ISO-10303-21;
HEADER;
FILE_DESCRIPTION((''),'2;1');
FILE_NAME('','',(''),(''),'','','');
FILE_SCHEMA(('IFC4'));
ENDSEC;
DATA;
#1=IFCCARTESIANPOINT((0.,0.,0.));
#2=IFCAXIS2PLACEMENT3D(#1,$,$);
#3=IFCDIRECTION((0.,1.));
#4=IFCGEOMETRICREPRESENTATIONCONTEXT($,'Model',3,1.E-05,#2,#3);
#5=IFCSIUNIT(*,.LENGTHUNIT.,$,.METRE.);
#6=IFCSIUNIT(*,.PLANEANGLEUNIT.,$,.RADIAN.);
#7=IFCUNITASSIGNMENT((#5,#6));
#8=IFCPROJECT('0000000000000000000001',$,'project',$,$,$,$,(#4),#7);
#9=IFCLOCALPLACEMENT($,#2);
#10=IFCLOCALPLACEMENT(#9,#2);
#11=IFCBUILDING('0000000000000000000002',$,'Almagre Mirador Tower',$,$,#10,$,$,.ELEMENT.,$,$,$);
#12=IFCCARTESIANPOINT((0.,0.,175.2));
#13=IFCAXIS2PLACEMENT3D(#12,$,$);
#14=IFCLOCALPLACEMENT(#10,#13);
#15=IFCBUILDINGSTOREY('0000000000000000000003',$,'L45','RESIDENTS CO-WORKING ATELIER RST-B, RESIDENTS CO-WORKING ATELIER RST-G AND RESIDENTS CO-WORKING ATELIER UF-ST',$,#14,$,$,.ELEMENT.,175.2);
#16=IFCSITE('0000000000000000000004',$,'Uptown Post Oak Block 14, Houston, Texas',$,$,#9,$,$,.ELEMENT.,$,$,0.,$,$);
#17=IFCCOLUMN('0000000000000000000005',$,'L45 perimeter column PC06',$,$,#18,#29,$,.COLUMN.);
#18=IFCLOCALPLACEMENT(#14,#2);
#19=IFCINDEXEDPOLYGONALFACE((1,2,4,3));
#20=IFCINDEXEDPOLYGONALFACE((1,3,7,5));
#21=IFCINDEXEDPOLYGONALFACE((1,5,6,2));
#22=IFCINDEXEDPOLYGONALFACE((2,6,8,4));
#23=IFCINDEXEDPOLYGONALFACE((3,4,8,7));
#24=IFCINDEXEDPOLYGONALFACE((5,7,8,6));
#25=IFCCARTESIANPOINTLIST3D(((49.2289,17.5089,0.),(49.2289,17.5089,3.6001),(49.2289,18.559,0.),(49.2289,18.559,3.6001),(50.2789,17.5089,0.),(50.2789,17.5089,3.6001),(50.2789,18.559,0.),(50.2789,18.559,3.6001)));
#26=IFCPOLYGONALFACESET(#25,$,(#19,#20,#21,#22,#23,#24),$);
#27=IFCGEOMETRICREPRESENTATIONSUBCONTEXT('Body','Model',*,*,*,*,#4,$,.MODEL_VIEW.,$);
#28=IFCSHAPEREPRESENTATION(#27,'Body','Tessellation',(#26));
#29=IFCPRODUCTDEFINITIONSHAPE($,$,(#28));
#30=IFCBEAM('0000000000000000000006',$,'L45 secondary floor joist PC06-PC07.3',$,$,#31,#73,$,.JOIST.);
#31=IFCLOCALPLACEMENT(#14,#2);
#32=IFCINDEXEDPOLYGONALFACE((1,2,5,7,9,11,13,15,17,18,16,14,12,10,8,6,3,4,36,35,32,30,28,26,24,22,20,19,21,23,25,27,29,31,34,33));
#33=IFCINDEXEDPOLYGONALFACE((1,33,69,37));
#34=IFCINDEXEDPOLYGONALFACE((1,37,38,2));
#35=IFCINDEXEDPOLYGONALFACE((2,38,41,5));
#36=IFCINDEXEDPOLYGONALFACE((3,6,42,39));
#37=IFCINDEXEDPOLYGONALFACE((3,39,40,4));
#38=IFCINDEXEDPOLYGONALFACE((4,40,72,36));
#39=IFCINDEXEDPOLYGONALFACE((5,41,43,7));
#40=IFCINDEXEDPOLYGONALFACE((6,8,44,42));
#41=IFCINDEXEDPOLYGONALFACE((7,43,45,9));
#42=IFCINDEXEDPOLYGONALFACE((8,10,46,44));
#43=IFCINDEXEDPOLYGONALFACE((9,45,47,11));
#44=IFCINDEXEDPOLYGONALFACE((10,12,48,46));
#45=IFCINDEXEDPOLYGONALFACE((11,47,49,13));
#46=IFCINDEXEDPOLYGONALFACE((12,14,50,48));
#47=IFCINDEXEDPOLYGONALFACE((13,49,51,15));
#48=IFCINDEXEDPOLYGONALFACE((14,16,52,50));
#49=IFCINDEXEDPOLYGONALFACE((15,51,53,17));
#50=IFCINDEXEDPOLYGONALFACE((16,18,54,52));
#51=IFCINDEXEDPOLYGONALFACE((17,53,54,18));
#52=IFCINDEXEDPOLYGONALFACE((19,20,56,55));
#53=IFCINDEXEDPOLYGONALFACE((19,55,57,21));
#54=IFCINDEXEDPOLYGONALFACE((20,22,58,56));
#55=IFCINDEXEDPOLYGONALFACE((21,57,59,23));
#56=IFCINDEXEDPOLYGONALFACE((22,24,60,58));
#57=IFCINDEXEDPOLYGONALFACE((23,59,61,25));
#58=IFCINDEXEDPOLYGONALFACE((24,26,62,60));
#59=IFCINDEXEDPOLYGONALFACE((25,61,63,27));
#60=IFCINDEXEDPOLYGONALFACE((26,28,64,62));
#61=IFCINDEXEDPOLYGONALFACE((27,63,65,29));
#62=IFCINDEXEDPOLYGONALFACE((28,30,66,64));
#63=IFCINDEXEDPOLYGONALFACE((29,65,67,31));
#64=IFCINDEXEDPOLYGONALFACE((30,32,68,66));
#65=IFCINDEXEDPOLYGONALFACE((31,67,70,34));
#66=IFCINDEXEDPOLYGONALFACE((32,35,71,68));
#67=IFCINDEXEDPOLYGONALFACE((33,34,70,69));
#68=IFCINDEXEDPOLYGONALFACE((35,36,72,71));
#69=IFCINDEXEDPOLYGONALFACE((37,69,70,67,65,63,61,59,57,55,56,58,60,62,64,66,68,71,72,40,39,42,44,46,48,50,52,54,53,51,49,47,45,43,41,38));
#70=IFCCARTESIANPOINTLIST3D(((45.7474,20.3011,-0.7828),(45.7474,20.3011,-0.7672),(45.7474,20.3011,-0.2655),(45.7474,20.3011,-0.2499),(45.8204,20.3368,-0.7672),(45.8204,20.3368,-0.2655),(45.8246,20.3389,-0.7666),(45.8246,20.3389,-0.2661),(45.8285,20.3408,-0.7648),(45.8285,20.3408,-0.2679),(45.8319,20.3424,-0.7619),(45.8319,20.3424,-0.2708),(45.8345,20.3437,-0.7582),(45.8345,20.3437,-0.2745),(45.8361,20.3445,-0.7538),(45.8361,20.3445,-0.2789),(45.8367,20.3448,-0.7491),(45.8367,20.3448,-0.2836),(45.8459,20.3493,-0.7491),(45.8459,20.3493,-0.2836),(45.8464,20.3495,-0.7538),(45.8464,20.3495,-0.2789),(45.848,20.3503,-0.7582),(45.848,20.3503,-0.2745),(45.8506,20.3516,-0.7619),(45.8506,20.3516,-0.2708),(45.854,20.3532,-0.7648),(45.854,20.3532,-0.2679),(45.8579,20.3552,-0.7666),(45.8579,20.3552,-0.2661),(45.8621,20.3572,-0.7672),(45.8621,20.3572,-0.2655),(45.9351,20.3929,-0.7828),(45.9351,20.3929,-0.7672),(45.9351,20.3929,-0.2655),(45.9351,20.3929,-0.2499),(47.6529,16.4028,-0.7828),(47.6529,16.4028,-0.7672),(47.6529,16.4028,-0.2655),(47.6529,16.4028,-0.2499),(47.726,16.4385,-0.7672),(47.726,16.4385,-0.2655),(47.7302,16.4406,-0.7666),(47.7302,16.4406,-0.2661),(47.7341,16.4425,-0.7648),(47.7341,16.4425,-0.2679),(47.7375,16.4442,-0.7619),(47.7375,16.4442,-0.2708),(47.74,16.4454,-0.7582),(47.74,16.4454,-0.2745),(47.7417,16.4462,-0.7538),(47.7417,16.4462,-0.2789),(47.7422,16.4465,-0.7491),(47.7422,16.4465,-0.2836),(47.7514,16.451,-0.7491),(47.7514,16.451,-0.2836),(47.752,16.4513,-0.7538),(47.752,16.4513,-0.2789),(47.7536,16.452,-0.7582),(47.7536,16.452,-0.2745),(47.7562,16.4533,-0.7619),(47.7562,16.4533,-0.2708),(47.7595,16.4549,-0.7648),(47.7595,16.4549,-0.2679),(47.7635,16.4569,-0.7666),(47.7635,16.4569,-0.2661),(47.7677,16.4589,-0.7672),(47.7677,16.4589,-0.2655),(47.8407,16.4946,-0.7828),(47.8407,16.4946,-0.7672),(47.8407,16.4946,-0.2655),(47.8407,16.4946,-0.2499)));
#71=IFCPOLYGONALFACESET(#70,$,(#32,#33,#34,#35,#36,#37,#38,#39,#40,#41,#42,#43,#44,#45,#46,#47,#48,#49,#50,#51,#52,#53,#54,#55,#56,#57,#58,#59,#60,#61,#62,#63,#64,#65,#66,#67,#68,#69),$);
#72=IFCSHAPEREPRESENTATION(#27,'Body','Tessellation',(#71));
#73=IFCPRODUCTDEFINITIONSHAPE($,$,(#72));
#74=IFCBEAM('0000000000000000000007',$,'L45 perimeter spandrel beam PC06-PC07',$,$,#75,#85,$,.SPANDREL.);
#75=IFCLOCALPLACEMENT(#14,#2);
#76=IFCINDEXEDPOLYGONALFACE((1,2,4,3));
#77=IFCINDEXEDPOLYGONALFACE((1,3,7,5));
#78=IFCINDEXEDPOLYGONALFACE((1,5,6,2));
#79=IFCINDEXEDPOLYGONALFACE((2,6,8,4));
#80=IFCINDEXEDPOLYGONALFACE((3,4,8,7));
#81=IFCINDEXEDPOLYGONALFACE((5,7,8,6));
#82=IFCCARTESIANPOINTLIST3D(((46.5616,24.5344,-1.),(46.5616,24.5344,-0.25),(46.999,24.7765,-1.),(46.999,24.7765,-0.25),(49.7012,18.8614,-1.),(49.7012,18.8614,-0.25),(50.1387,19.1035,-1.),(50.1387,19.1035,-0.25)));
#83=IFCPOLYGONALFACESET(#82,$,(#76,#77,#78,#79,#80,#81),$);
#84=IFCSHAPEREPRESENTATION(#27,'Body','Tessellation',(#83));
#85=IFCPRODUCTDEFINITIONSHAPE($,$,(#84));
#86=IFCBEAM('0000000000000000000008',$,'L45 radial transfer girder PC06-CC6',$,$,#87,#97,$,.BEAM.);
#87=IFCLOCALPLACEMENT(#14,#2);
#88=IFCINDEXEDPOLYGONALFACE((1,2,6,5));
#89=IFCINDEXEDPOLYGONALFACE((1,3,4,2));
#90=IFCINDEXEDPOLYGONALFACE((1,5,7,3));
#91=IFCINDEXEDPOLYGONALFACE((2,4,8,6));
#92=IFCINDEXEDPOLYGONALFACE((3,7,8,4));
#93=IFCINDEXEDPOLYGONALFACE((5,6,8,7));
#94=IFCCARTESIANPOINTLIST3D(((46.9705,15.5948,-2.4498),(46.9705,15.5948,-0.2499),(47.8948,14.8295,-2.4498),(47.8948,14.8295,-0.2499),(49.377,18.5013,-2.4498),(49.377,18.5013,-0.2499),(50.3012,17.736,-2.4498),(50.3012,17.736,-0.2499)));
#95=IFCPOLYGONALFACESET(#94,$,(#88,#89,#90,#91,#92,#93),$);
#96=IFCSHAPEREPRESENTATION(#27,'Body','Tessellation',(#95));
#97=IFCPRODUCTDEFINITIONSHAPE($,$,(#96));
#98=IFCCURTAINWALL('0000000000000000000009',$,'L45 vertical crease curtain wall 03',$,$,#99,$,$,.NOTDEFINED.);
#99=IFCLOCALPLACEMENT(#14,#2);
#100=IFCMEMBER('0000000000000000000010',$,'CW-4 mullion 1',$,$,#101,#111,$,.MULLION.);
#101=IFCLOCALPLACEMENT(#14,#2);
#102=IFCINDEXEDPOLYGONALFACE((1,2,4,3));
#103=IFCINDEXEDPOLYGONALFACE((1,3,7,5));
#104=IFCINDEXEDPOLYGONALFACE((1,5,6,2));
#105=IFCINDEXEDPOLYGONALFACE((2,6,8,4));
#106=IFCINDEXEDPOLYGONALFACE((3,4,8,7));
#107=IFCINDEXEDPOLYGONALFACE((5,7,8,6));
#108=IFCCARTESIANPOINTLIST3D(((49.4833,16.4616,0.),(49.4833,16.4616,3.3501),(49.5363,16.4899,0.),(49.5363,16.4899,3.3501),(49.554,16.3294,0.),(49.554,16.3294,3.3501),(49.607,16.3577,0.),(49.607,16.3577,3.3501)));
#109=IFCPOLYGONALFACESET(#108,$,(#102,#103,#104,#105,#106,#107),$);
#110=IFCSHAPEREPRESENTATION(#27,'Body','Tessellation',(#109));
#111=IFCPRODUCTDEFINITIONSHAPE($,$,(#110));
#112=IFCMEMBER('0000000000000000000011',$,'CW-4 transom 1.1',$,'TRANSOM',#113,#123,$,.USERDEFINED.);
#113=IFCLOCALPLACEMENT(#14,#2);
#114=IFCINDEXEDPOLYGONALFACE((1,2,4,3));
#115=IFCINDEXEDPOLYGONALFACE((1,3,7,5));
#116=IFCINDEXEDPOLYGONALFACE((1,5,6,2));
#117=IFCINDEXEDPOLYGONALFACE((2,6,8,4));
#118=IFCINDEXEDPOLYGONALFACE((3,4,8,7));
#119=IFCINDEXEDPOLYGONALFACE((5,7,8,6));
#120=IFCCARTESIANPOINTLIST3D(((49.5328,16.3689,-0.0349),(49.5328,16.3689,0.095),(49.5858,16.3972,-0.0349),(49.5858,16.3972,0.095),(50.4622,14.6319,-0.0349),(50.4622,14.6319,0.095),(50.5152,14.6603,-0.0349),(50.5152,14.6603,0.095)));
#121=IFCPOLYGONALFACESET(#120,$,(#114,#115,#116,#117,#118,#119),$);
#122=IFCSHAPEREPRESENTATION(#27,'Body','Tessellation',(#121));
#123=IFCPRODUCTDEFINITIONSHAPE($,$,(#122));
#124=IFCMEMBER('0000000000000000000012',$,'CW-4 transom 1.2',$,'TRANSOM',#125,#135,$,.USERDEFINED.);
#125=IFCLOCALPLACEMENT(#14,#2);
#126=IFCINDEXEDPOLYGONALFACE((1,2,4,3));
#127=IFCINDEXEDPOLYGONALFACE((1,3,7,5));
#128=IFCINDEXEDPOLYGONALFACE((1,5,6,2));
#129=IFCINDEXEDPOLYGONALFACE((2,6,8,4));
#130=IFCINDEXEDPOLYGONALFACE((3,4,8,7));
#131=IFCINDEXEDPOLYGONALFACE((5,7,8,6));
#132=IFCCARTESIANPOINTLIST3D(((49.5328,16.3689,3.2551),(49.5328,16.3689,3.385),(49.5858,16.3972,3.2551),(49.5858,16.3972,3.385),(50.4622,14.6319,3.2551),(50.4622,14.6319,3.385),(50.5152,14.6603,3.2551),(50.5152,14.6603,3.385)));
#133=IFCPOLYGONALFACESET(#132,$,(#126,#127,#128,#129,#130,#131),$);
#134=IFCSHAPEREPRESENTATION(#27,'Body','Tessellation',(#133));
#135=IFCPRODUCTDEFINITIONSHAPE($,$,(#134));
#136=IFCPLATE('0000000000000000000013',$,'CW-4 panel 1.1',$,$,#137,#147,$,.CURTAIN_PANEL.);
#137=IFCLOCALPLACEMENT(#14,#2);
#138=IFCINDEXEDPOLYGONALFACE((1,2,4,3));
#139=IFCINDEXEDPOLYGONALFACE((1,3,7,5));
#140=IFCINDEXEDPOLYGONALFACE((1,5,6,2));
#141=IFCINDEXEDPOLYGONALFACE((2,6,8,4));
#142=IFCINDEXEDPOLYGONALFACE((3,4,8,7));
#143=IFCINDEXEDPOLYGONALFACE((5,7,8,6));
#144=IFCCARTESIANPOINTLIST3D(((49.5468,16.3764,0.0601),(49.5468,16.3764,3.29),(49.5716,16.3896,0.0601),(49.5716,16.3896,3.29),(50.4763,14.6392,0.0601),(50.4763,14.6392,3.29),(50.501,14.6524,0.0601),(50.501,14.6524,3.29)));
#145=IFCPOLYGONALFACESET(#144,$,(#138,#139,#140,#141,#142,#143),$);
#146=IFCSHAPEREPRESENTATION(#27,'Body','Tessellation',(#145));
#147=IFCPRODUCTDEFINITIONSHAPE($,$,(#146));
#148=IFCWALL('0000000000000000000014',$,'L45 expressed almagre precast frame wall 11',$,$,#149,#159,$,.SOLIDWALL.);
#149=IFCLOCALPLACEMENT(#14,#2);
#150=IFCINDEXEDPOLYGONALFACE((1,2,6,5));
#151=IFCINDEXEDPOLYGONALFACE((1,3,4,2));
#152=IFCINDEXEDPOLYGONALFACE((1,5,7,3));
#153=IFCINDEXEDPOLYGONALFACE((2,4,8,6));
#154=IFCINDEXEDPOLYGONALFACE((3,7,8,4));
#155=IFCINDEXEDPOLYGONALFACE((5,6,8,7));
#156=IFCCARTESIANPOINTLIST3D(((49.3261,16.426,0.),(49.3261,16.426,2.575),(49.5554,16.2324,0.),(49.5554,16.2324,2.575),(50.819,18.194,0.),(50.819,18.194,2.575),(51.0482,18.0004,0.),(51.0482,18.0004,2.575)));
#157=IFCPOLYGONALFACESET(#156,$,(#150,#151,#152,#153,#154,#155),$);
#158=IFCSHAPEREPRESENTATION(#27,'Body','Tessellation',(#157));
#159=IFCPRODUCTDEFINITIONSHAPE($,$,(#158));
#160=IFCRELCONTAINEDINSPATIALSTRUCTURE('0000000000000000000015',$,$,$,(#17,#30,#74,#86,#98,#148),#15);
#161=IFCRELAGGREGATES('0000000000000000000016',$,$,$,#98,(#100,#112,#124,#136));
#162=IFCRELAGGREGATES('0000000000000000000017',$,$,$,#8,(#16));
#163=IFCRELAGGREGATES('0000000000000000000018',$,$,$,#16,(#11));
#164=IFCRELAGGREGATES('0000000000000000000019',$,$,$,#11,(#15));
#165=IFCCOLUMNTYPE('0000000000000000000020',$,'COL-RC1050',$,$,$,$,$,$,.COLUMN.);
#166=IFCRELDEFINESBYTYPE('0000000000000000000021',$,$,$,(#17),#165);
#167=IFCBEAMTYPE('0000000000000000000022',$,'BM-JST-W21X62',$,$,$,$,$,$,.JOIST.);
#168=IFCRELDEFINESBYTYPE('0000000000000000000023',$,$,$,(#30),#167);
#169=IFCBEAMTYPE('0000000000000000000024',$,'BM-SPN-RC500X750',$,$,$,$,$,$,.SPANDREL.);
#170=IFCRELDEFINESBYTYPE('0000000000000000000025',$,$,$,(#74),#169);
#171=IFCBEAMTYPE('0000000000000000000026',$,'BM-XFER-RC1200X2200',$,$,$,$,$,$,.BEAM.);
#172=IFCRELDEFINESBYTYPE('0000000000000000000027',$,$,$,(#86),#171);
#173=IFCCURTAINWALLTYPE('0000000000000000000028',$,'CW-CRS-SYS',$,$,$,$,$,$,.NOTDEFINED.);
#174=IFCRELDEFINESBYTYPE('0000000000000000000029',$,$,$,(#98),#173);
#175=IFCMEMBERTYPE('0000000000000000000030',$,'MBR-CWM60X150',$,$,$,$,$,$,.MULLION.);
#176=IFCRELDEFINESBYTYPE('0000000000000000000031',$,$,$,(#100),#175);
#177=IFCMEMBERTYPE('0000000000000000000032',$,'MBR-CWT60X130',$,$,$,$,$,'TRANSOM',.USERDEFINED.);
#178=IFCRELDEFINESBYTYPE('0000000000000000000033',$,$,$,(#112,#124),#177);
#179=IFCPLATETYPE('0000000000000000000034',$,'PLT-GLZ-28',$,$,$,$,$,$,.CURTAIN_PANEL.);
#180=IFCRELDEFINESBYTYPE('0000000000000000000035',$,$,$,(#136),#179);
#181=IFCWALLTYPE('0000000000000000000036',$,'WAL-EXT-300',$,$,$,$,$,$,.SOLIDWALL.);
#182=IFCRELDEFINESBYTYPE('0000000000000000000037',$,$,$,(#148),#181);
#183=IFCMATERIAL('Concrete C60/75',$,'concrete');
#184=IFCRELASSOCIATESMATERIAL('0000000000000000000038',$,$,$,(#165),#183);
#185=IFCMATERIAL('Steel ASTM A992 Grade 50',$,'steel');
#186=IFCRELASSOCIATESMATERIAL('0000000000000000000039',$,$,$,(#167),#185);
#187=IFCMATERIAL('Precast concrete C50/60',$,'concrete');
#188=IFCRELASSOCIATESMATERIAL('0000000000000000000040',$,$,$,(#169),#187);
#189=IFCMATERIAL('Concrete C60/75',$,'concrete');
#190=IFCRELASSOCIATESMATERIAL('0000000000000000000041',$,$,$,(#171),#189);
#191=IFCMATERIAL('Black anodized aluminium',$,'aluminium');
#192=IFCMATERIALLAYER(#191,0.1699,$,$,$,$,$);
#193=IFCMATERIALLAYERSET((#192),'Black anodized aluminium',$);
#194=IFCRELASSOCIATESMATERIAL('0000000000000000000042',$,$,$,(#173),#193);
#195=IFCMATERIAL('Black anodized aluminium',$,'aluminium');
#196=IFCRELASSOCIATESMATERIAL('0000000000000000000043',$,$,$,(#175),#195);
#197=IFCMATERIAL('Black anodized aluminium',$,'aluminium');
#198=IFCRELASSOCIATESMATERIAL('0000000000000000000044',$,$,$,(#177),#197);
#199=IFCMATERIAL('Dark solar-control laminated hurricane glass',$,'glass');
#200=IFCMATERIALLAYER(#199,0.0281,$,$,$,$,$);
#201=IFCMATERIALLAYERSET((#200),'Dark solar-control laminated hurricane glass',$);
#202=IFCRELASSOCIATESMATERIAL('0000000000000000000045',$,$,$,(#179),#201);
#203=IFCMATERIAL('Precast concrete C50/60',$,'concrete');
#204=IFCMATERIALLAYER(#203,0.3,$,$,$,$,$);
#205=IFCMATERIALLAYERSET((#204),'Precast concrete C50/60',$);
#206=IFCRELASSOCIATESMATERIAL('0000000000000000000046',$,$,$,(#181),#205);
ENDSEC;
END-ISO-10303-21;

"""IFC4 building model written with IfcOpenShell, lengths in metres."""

from ifc_helpers import new_model, si_unit, direction, frame, frame_2d, origin, origin_2d, place, context, subcontext, project, spatial, rectangle, i_section, extrude, material, layer, layer_set, material_profile, profile_set, type_object, element, aggregate, save


model = new_model("IFC4")

# Units and contexts
model_context = context("Model", 3, precision=1e-05, world=origin(), true_north=direction((0.0, 1.0)))
body_context = subcontext(model_context, "Body", "Model", "MODEL_VIEW")
ifc_project = project(units=[si_unit("LENGTHUNIT", "METRE"), si_unit("PLANEANGLEUNIT", "RADIAN")], contexts=[model_context])

# Site, building, storey
site_placement = place(None, origin())
site = spatial("IfcSite", under=ifc_project, at=site_placement, Name="Uptown Post Oak Block 14, Houston, Texas", CompositionType="ELEMENT", RefElevation=0.0)
building_placement = place(site_placement, origin())
building = spatial("IfcBuilding", under=site, at=building_placement, Name="Almagre Mirador Tower", CompositionType="ELEMENT")
storey_placement = place(building_placement, frame((0.0, 0.0, 175.2)))
storey = spatial("IfcBuildingStorey", under=building, at=storey_placement, Name="L45", Description="RESIDENTS CO-WORKING ATELIER RST-B, RESIDENTS CO-WORKING ATELIER RST-G AND RESIDENTS CO-WORKING ATELIER UF-ST", CompositionType="ELEMENT", Elevation=175.2)

# Column
ifc_material_1 = material(Name="Concrete C60/75", Category="concrete")
ifc_material_profile_1 = material_profile(ifc_material_1, rectangle(XDim=1.05, YDim=1.05, at=origin_2d()), Name="RC1050X1050")
ifc_profile_set_1 = profile_set([ifc_material_profile_1], Name="Concrete C60/75")
column_type = type_object("IfcColumnType", Name="COL-RC1050", PredefinedType="COLUMN", material=ifc_profile_set_1)
column_placement = place(storey_placement, frame((49.7539, 18.0339, 0.0), z_axis=(0.0, 0.0, 1.0), x_axis=(1.0, 0.0, 0.0)))
element("IfcColumn", 1, at=column_placement, inside=storey, type_object=column_type, Name="L45 perimeter column PC06", PredefinedType="COLUMN", context=body_context, shape_type="SweptSolid", body=[
    extrude(rectangle(XDim=1.05, YDim=1.05, at=origin_2d()), origin(), (0.0, 0.0, 1.0), 3.6001),
])

# Beams
ifc_material_2 = material(Name="Steel ASTM A992 Grade 50", Category="steel")
ifc_material_profile_2 = material_profile(ifc_material_2, i_section(OverallWidth=0.209, OverallDepth=0.533, WebThickness=0.0103, FlangeThickness=0.0156, FilletRadius=0.0181, at=origin_2d()), Name="W21X62")
ifc_profile_set_2 = profile_set([ifc_material_profile_2], Name="Steel ASTM A992 Grade 50")
beam_type_1 = type_object("IfcBeamType", Name="BM-JST-W21X62", PredefinedType="JOIST", material=ifc_profile_set_2)
beam_1_placement = place(storey_placement, frame((47.7468, 16.4487, -0.5164), z_axis=(-0.439161, 0.898409, 0.0), x_axis=(-0.898409, -0.439161, 0.0)))
element("IfcBeam", 2, at=beam_1_placement, inside=storey, type_object=beam_type_1, Name="L45 secondary floor joist PC06-PC07.3", PredefinedType="JOIST", context=body_context, shape_type="SweptSolid", body=[
    extrude(i_section(OverallWidth=0.209, OverallDepth=0.533, WebThickness=0.0103, FlangeThickness=0.0156, FilletRadius=0.0181, at=origin_2d()), origin(), (0.0, 0.0, 1.0), 4.3391),
])
ifc_material_3 = material(Name="Precast concrete C50/60", Category="concrete")
ifc_material_profile_3 = material_profile(ifc_material_3, rectangle(XDim=0.5, YDim=0.75, at=origin_2d()), Name="RC500X750")
ifc_profile_set_3 = profile_set([ifc_material_profile_3], Name="Precast concrete C50/60")
beam_type_2 = type_object("IfcBeamType", Name="BM-SPN-RC500X750", PredefinedType="SPANDREL", material=ifc_profile_set_3)
beam_2_placement = place(storey_placement, frame((49.9199, 18.9824, -0.625), z_axis=(-0.48422, 0.874946, 0.0), x_axis=(-0.874946, -0.48422, 0.0)))
element("IfcBeam", 3, at=beam_2_placement, inside=storey, type_object=beam_type_2, Name="L45 perimeter spandrel beam PC06-PC07", PredefinedType="SPANDREL", context=body_context, shape_type="SweptSolid", body=[
    extrude(rectangle(XDim=0.5, YDim=0.75, at=origin_2d()), origin(), (0.0, 0.0, 1.0), 6.4839),
])
ifc_material_4 = material(Name="Concrete C60/75", Category="concrete")
ifc_material_profile_4 = material_profile(ifc_material_4, rectangle(XDim=1.2, YDim=2.2, at=origin_2d()), Name="RC1200X2200")
ifc_profile_set_4 = profile_set([ifc_material_profile_4], Name="Concrete C60/75")
beam_type_3 = type_object("IfcBeamType", Name="BM-XFER-RC1200X2200", PredefinedType="BEAM", material=ifc_profile_set_4)
beam_3_placement = place(storey_placement, frame((49.8391, 18.1187, -1.3499), z_axis=(-0.637744, -0.770249, 0.0), x_axis=(0.770249, -0.637744, 0.0)))
element("IfcBeam", 4, at=beam_3_placement, inside=storey, type_object=beam_type_3, Name="L45 radial transfer girder PC06-CC6", PredefinedType="BEAM", context=body_context, shape_type="SweptSolid", body=[
    extrude(rectangle(XDim=1.2, YDim=2.2, at=origin_2d()), origin(), (0.0, 0.0, 1.0), 3.7734),
])

# Curtain wall, members, plate
ifc_material_5 = material(Name="Black anodized aluminium", Category="aluminium")
ifc_layer_1 = layer(ifc_material_5, 0.1699)
ifc_layer_set_1 = layer_set([ifc_layer_1], Name="Black anodized aluminium")
curtain_wall_type = type_object("IfcCurtainWallType", Name="CW-CRS-SYS", PredefinedType="NOTDEFINED", material=ifc_layer_set_1)
curtain_wall_placement = place(storey_placement, origin())
curtain_wall = element("IfcCurtainWall", 5, at=curtain_wall_placement, inside=storey, type_object=curtain_wall_type, Name="L45 vertical crease curtain wall 03", PredefinedType="NOTDEFINED")
ifc_material_6 = material(Name="Black anodized aluminium", Category="aluminium")
ifc_material_profile_5 = material_profile(ifc_material_6, rectangle(XDim=0.0601, YDim=0.1499, at=origin_2d()), Name="CWM60X150")
ifc_profile_set_5 = profile_set([ifc_material_profile_5], Name="Black anodized aluminium")
member_type_1 = type_object("IfcMemberType", Name="MBR-CWM60X150", PredefinedType="MULLION", material=ifc_profile_set_5)
member_1_placement = place(storey_placement, frame((49.5452, 16.4097, 0.0), z_axis=(0.0, 0.0, 1.0), x_axis=(0.881743, 0.47173, 0.0)))
member_1 = element("IfcMember", 6, at=member_1_placement, type_object=member_type_1, Name="CW-4 mullion 1", PredefinedType="MULLION", context=body_context, shape_type="SweptSolid", body=[
    extrude(rectangle(XDim=0.0601, YDim=0.1499, at=origin_2d()), origin(), (0.0, 0.0, 1.0), 3.3501),
])
ifc_material_7 = material(Name="Black anodized aluminium", Category="aluminium")
ifc_material_profile_6 = material_profile(ifc_material_7, rectangle(XDim=0.0601, YDim=0.1299, at=origin_2d()), Name="CWT60X130")
ifc_profile_set_6 = profile_set([ifc_material_profile_6], Name="Black anodized aluminium")
member_type_2 = type_object("IfcMemberType", Name="MBR-CWT60X130", ElementType="TRANSOM", PredefinedType="USERDEFINED", material=ifc_profile_set_6)
member_2_placement = place(storey_placement, frame((49.5593, 16.3831, 0.03), z_axis=(0.471778, -0.881718, 0.0), x_axis=(0.881718, 0.471778, 0.0)))
member_2 = element("IfcMember", 7, at=member_2_placement, type_object=member_type_2, Name="CW-4 transom 1.1", ObjectType="TRANSOM", PredefinedType="USERDEFINED", context=body_context, shape_type="SweptSolid", body=[
    extrude(rectangle(XDim=0.0601, YDim=0.1299, at=origin_2d()), origin(), (0.0, 0.0, 1.0), 1.97),
])
member_3_placement = place(storey_placement, frame((49.5593, 16.3831, 3.3201), z_axis=(0.471778, -0.881718, 0.0), x_axis=(0.881718, 0.471778, 0.0)))
member_3 = element("IfcMember", 8, at=member_3_placement, type_object=member_type_2, Name="CW-4 transom 1.2", ObjectType="TRANSOM", PredefinedType="USERDEFINED", context=body_context, shape_type="SweptSolid", body=[
    extrude(rectangle(XDim=0.0601, YDim=0.1299, at=origin_2d()), origin(), (0.0, 0.0, 1.0), 1.97),
])
ifc_material_8 = material(Name="Dark solar-control laminated hurricane glass", Category="glass")
ifc_layer_2 = layer(ifc_material_8, 0.0281)
ifc_layer_set_2 = layer_set([ifc_layer_2], Name="Dark solar-control laminated hurricane glass")
plate_type = type_object("IfcPlateType", Name="PLT-GLZ-28", PredefinedType="CURTAIN_PANEL", material=ifc_layer_set_2)
plate_placement = place(storey_placement, frame((50.0239, 15.5144, 0.0601), z_axis=(0.0, 0.0, 1.0), x_axis=(0.47173, -0.881743, 0.0)))
plate = element("IfcPlate", 9, at=plate_placement, type_object=plate_type, Name="CW-4 panel 1.1", PredefinedType="CURTAIN_PANEL", context=body_context, shape_type="SweptSolid", body=[
    extrude(rectangle(XDim=1.9702, YDim=0.0281, at=origin_2d()), origin(), (0.0, 0.0, 1.0), 3.23),
])
aggregate(curtain_wall, [member_1, member_2, member_3, plate])

# Wall
ifc_material_9 = material(Name="Precast concrete C50/60", Category="concrete")
ifc_layer_3 = layer(ifc_material_9, 0.3)
ifc_layer_set_3 = layer_set([ifc_layer_3], Name="Precast concrete C50/60")
wall_type_1 = type_object("IfcWallType", Name="WAL-EXT-300", PredefinedType="SOLIDWALL", material=ifc_layer_set_3)
wall_1_placement = place(storey_placement, frame((50.9336, 18.0972, 0.0), z_axis=(0.0, 0.0, 1.0), x_axis=(-0.645152, -0.764054, 0.0)))
element("IfcWall", 10, at=wall_1_placement, inside=storey, type_object=wall_type_1, Name="L45 expressed almagre precast frame wall 11", PredefinedType="SOLIDWALL", context=body_context, shape_type="SweptSolid", body=[
    extrude(rectangle(XDim=2.314, YDim=0.3, at=frame_2d((1.157, 0.0))), origin(), (0.0, 0.0, 1.0), 2.575),
])

save(model, "model.ifc")
